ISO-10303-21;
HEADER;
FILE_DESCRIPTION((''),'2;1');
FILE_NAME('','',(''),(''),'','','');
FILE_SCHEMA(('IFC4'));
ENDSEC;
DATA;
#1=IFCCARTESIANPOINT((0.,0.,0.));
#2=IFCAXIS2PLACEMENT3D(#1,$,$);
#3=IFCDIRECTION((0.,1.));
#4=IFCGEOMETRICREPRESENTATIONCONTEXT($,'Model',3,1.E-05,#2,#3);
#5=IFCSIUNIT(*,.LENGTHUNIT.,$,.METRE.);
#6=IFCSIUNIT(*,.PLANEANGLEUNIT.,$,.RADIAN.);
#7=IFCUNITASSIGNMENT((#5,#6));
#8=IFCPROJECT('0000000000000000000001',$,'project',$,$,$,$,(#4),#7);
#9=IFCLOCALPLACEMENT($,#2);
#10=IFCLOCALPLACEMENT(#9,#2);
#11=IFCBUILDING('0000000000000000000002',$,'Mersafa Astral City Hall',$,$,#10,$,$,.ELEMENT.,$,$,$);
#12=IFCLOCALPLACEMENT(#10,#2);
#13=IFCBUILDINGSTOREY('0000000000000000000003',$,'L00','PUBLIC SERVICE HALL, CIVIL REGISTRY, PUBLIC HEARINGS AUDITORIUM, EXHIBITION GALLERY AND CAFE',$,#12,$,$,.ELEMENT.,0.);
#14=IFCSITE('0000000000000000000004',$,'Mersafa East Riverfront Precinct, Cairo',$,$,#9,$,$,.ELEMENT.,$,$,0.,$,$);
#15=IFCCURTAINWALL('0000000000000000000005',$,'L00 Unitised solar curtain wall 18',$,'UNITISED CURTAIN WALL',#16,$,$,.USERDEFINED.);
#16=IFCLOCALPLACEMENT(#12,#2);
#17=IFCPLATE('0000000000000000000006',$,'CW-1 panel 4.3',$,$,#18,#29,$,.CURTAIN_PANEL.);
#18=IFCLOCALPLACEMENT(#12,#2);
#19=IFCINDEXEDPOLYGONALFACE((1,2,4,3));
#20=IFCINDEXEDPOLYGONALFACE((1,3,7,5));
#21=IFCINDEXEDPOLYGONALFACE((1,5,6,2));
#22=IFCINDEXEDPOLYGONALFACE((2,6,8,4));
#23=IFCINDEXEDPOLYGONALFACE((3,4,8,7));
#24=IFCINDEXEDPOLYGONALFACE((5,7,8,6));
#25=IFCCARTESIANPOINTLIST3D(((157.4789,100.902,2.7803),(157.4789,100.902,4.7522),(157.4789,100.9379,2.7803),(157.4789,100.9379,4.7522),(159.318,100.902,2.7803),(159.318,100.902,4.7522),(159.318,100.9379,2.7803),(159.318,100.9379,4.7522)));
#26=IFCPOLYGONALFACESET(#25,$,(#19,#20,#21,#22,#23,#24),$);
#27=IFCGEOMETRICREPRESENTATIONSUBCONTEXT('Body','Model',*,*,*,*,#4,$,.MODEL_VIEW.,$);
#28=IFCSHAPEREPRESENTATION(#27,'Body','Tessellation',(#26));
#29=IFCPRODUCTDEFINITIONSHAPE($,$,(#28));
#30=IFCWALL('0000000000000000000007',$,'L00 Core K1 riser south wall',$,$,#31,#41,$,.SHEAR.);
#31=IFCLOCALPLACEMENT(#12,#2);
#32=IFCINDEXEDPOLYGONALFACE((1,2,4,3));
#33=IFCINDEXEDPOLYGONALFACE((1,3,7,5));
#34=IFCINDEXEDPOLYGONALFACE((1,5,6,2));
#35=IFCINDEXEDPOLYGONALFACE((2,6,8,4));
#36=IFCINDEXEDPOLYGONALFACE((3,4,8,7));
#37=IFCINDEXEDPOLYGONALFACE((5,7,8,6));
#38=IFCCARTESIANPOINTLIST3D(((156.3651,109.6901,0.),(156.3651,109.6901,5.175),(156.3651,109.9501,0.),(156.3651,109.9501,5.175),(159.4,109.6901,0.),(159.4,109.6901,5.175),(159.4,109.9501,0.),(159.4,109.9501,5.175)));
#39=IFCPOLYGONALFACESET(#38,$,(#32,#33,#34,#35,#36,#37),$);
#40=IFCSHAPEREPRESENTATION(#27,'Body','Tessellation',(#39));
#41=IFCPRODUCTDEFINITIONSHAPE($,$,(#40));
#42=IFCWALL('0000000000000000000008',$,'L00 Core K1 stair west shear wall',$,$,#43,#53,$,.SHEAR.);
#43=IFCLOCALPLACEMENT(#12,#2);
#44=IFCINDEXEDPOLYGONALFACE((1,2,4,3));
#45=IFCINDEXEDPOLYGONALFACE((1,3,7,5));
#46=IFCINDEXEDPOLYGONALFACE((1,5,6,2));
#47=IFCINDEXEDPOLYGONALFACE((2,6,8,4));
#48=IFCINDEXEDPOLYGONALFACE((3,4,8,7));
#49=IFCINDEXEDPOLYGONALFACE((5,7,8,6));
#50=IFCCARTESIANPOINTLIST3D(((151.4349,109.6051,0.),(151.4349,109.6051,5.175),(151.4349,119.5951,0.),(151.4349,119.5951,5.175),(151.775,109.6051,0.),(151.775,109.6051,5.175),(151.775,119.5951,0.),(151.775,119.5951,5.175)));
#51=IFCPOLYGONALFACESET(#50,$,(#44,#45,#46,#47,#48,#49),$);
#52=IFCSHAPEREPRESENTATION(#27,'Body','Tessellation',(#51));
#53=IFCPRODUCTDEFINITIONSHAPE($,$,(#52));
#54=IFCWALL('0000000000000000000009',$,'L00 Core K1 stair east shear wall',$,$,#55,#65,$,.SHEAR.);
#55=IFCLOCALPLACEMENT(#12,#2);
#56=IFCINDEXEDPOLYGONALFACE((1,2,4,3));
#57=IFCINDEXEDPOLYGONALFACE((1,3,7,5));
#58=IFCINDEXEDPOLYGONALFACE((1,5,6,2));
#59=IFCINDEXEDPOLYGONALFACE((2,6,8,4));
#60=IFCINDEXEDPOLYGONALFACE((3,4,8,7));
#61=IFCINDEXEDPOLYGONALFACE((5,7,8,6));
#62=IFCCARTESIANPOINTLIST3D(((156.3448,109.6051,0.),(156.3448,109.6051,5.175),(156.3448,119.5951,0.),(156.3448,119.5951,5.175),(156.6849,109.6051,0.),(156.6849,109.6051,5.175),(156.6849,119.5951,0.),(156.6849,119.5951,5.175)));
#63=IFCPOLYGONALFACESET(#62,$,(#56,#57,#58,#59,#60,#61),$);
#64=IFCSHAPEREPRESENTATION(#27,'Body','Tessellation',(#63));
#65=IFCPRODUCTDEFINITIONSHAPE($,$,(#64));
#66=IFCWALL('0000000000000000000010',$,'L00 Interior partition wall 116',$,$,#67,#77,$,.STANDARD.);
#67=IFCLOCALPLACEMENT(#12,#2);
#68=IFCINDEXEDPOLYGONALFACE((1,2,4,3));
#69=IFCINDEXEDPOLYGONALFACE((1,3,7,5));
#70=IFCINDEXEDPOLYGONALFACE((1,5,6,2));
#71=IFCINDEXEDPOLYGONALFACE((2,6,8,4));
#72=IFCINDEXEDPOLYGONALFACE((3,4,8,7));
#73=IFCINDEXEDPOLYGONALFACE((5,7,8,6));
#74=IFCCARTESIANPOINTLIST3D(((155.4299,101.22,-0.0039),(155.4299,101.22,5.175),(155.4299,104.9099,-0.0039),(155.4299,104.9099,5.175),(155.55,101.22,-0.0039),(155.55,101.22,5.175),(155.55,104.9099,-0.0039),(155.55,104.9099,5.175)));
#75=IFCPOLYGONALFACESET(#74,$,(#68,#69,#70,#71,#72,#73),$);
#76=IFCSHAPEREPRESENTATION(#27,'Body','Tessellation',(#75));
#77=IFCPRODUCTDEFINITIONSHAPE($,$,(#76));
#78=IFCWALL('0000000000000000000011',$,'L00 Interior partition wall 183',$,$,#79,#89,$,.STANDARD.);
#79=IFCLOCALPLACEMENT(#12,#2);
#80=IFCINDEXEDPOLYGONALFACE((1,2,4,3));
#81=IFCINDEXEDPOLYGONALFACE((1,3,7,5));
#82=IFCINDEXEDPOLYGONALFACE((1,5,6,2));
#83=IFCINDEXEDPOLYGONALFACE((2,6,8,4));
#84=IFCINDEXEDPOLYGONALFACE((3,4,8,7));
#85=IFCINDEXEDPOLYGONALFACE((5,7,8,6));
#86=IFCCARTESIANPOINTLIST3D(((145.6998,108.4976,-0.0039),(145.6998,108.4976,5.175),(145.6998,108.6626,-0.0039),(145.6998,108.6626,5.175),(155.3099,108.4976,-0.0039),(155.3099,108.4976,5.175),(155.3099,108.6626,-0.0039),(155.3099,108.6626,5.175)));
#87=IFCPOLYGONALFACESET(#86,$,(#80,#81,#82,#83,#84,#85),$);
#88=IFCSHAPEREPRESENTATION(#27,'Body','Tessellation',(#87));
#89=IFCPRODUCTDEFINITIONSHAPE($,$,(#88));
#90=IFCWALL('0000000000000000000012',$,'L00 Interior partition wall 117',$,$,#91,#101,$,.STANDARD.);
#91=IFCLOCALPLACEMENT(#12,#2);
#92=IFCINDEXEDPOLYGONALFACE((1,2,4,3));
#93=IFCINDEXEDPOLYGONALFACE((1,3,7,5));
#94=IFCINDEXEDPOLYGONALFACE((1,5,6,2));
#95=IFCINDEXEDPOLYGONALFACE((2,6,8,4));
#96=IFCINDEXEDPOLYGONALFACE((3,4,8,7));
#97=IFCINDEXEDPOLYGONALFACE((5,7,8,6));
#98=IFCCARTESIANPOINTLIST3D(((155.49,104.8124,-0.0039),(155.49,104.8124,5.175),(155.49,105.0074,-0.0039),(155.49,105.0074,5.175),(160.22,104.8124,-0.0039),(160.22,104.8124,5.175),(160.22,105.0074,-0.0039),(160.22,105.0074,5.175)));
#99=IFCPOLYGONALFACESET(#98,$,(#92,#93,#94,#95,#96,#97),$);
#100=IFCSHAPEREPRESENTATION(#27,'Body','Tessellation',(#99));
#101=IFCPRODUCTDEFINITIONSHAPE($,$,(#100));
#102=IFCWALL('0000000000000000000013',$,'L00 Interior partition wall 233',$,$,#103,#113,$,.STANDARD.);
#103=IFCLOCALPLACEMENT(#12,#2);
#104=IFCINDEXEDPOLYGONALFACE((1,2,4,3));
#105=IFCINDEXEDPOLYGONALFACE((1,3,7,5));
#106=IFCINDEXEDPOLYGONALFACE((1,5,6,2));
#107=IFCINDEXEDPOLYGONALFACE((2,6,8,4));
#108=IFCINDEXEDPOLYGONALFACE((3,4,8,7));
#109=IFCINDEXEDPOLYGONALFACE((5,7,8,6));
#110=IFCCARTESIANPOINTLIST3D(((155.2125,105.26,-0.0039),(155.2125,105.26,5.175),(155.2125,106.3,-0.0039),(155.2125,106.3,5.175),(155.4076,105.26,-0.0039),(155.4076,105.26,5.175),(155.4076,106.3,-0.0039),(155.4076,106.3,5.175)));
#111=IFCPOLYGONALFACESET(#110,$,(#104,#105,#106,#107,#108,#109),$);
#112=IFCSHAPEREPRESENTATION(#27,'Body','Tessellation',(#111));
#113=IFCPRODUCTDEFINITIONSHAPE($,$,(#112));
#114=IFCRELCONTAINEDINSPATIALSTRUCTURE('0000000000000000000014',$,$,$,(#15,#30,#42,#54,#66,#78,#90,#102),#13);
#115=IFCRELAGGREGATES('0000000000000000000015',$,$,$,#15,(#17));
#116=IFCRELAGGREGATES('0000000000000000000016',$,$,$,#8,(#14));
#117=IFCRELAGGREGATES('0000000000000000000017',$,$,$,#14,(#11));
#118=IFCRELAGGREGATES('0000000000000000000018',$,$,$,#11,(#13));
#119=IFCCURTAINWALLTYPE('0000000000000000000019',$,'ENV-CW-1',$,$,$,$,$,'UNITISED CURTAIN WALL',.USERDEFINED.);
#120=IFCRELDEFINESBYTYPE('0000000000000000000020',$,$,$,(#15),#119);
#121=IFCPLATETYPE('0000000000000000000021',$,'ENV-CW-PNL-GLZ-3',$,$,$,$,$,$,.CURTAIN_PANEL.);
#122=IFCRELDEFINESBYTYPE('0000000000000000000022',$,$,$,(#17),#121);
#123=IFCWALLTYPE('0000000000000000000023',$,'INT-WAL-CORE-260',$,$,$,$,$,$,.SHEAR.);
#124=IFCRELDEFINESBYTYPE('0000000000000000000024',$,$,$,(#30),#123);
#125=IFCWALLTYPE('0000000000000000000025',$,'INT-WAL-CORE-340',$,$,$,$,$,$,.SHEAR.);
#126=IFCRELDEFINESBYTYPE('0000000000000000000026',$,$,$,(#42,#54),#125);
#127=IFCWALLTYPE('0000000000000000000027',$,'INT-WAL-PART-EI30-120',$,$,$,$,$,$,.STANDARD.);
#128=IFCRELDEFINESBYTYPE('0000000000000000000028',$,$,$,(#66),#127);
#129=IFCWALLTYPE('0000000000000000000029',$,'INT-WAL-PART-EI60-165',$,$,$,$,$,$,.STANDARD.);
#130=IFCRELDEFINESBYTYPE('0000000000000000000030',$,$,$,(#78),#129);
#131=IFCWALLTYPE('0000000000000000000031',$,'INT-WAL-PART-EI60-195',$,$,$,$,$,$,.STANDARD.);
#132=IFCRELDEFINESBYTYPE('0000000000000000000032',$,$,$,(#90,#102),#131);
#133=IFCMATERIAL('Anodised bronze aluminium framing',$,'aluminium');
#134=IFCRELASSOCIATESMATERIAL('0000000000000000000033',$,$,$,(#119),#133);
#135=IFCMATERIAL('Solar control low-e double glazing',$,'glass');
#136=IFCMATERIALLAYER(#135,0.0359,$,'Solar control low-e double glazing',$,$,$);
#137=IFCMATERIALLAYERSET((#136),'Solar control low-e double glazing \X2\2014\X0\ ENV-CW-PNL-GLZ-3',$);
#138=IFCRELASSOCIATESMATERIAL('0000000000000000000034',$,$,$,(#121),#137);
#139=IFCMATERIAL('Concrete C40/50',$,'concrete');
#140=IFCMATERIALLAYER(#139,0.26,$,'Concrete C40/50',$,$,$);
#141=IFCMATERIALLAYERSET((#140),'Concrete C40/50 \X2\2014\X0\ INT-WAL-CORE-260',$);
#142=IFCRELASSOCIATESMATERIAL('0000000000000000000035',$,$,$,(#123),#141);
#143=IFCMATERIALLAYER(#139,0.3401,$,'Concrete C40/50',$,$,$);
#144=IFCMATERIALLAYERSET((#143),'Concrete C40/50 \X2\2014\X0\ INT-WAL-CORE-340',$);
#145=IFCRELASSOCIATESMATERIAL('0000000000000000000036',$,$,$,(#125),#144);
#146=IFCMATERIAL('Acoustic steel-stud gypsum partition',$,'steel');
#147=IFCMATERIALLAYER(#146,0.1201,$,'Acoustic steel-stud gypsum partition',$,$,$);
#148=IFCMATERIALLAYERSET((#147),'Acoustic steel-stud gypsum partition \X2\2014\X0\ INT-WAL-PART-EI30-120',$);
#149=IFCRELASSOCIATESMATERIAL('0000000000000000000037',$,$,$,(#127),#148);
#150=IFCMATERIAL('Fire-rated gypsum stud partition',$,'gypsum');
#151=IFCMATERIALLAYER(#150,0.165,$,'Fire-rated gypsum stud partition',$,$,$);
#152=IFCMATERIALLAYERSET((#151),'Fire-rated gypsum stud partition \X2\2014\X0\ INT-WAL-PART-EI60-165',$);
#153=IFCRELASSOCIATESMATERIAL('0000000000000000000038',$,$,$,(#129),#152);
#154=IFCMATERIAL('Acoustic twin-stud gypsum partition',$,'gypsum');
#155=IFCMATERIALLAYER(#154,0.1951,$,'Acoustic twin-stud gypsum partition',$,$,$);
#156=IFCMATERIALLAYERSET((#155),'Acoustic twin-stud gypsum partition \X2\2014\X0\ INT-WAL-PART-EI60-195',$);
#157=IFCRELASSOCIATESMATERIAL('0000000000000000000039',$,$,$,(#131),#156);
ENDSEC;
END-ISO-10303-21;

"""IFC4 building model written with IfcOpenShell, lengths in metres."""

from ifc_helpers import new_model, si_unit, direction, frame, frame_2d, origin, origin_2d, place, context, subcontext, project, spatial, rectangle, extrude, material, layer, layer_set, type_object, element, aggregate, save


model = new_model("IFC4")

# Units and contexts
model_context = context("Model", 3, precision=1e-05, world=origin(), true_north=direction((0.0, 1.0)))
body_context = subcontext(model_context, "Body", "Model", "MODEL_VIEW")
ifc_project = project(units=[si_unit("LENGTHUNIT", "METRE"), si_unit("PLANEANGLEUNIT", "RADIAN")], contexts=[model_context])

# Site, building, storey
site_placement = place(None, origin())
site = spatial("IfcSite", under=ifc_project, at=site_placement, Name="Mersafa East Riverfront Precinct, Cairo", CompositionType="ELEMENT", RefElevation=0.0)
building_placement = place(site_placement, origin())
building = spatial("IfcBuilding", under=site, at=building_placement, Name="Mersafa Astral City Hall", CompositionType="ELEMENT")
storey_placement = place(building_placement, origin())
storey = spatial("IfcBuildingStorey", under=building, at=storey_placement, Name="L00", Description="PUBLIC SERVICE HALL, CIVIL REGISTRY, PUBLIC HEARINGS AUDITORIUM, EXHIBITION GALLERY AND CAFE", CompositionType="ELEMENT", Elevation=0.0)

# Curtain wall
ifc_material_1 = material(Name="Anodised bronze aluminium framing", Category="aluminium")
curtain_wall_type = type_object("IfcCurtainWallType", Name="ENV-CW-1", ElementType="UNITISED CURTAIN WALL", PredefinedType="USERDEFINED", material=ifc_material_1)
curtain_wall_placement = place(storey_placement, origin())
curtain_wall = element("IfcCurtainWall", 1, at=curtain_wall_placement, inside=storey, type_object=curtain_wall_type, Name="L00 Unitised solar curtain wall 18", ObjectType="UNITISED CURTAIN WALL", PredefinedType="USERDEFINED")

# Plate
ifc_material_2 = material(Name="Solar control low-e double glazing", Category="glass")
ifc_layer_1 = layer(ifc_material_2, 0.0359, Name="Solar control low-e double glazing")
ifc_layer_set_1 = layer_set([ifc_layer_1], Name="Solar control low-e double glazing — ENV-CW-PNL-GLZ-3")
plate_type = type_object("IfcPlateType", Name="ENV-CW-PNL-GLZ-3", PredefinedType="CURTAIN_PANEL", material=ifc_layer_set_1)
plate_1_placement = place(storey_placement, frame((158.3984, 100.9199, 2.7803), z_axis=(0.0, 0.0, 1.0), x_axis=(1.0, 0.0, 0.0)))
plate_1 = element("IfcPlate", 2, at=plate_1_placement, type_object=plate_type, Name="CW-1 panel 4.3", PredefinedType="CURTAIN_PANEL", context=body_context, shape_type="SweptSolid", body=[
    extrude(rectangle(XDim=1.8391, YDim=0.0359, at=origin_2d()), origin(), (0.0, 0.0, 1.0), 1.9719),
])
aggregate(curtain_wall, [plate_1])

# Walls
ifc_material_3 = material(Name="Concrete C40/50", Category="concrete")
ifc_layer_2 = layer(ifc_material_3, 0.26, Name="Concrete C40/50")
ifc_layer_set_2 = layer_set([ifc_layer_2], Name="Concrete C40/50 — INT-WAL-CORE-260")
wall_type_1 = type_object("IfcWallType", Name="INT-WAL-CORE-260", PredefinedType="SHEAR", material=ifc_layer_set_2)
wall_1_placement = place(storey_placement, frame((156.365, 109.8201, 0.0), z_axis=(0.0, 0.0, 1.0), x_axis=(1.0, 0.0, 0.0)))
element("IfcWall", 3, at=wall_1_placement, inside=storey, type_object=wall_type_1, Name="L00 Core K1 riser south wall", PredefinedType="SHEAR", context=body_context, shape_type="SweptSolid", body=[
    extrude(rectangle(XDim=3.0349, YDim=0.26, at=frame_2d((1.5176, 0.0))), origin(), (0.0, 0.0, 1.0), 5.175),
])
ifc_layer_3 = layer(ifc_material_3, 0.3401, Name="Concrete C40/50")
ifc_layer_set_3 = layer_set([ifc_layer_3], Name="Concrete C40/50 — INT-WAL-CORE-340")
wall_type_2 = type_object("IfcWallType", Name="INT-WAL-CORE-340", PredefinedType="SHEAR", material=ifc_layer_set_3)
for number, where, z_axis, x_axis, name in (
    (4, (151.605, 109.605, 0.0), (0.0, 0.0, 1.0), (0.0, 1.0, 0.0), "L00 Core K1 stair west shear wall"),
    (5, (156.5149, 109.605, 0.0), (0.0, 0.0, 1.0), (0.0, 1.0, 0.0), "L00 Core K1 stair east shear wall"),
):
    element("IfcWall", number, at=place(storey_placement, frame(where, z_axis=z_axis, x_axis=x_axis)), inside=storey, type_object=wall_type_2, Name=name, PredefinedType="SHEAR", context=body_context, shape_type="SweptSolid", body=[
        extrude(rectangle(XDim=9.99, YDim=0.3401, at=frame_2d((4.9951, 0.0))), origin(), (0.0, 0.0, 1.0), 5.175),
    ])
ifc_material_4 = material(Name="Acoustic steel-stud gypsum partition", Category="steel")
ifc_layer_4 = layer(ifc_material_4, 0.1201, Name="Acoustic steel-stud gypsum partition")
ifc_layer_set_4 = layer_set([ifc_layer_4], Name="Acoustic steel-stud gypsum partition — INT-WAL-PART-EI30-120")
wall_type_3 = type_object("IfcWallType", Name="INT-WAL-PART-EI30-120", PredefinedType="STANDARD", material=ifc_layer_set_4)
wall_2_placement = place(storey_placement, frame((155.49, 101.22, -0.0039), z_axis=(0.0, 0.0, 1.0), x_axis=(0.0, 1.0, 0.0)))
element("IfcWall", 6, at=wall_2_placement, inside=storey, type_object=wall_type_3, Name="L00 Interior partition wall 116", PredefinedType="STANDARD", context=body_context, shape_type="SweptSolid", body=[
    extrude(rectangle(XDim=3.6899, YDim=0.1201, at=frame_2d((1.845, 0.0))), origin(), (0.0, 0.0, 1.0), 5.179),
])
ifc_material_5 = material(Name="Fire-rated gypsum stud partition", Category="gypsum")
ifc_layer_5 = layer(ifc_material_5, 0.165, Name="Fire-rated gypsum stud partition")
ifc_layer_set_5 = layer_set([ifc_layer_5], Name="Fire-rated gypsum stud partition — INT-WAL-PART-EI60-165")
wall_type_4 = type_object("IfcWallType", Name="INT-WAL-PART-EI60-165", PredefinedType="STANDARD", material=ifc_layer_set_5)
wall_3_placement = place(storey_placement, frame((155.3101, 108.5801, -0.0039), z_axis=(0.0, 0.0, 1.0), x_axis=(-1.0, 0.0, 0.0)))
element("IfcWall", 7, at=wall_3_placement, inside=storey, type_object=wall_type_4, Name="L00 Interior partition wall 183", PredefinedType="STANDARD", context=body_context, shape_type="SweptSolid", body=[
    extrude(rectangle(XDim=9.6101, YDim=0.165, at=frame_2d((4.8052, 0.0))), origin(), (0.0, 0.0, 1.0), 5.179),
])
ifc_material_6 = material(Name="Acoustic twin-stud gypsum partition", Category="gypsum")
ifc_layer_6 = layer(ifc_material_6, 0.1951, Name="Acoustic twin-stud gypsum partition")
ifc_layer_set_6 = layer_set([ifc_layer_6], Name="Acoustic twin-stud gypsum partition — INT-WAL-PART-EI60-195")
wall_type_5 = type_object("IfcWallType", Name="INT-WAL-PART-EI60-195", PredefinedType="STANDARD", material=ifc_layer_set_6)
wall_4_placement = place(storey_placement, frame((155.49, 104.9099, -0.0039), z_axis=(0.0, 0.0, 1.0), x_axis=(1.0, 0.0, 0.0)))
element("IfcWall", 8, at=wall_4_placement, inside=storey, type_object=wall_type_5, Name="L00 Interior partition wall 117", PredefinedType="STANDARD", context=body_context, shape_type="SweptSolid", body=[
    extrude(rectangle(XDim=4.73, YDim=0.1951, at=frame_2d((2.365, 0.0))), origin(), (0.0, 0.0, 1.0), 5.179),
])
wall_5_placement = place(storey_placement, frame((155.3101, 106.3, -0.0039), z_axis=(0.0, 0.0, 1.0), x_axis=(0.0, -1.0, 0.0)))
element("IfcWall", 9, at=wall_5_placement, inside=storey, type_object=wall_type_5, Name="L00 Interior partition wall 233", PredefinedType="STANDARD", context=body_context, shape_type="SweptSolid", body=[
    extrude(rectangle(XDim=1.04, YDim=0.1951, at=frame_2d((0.52, 0.0))), origin(), (0.0, 0.0, 1.0), 5.179),
])

save(model, "model.ifc")
